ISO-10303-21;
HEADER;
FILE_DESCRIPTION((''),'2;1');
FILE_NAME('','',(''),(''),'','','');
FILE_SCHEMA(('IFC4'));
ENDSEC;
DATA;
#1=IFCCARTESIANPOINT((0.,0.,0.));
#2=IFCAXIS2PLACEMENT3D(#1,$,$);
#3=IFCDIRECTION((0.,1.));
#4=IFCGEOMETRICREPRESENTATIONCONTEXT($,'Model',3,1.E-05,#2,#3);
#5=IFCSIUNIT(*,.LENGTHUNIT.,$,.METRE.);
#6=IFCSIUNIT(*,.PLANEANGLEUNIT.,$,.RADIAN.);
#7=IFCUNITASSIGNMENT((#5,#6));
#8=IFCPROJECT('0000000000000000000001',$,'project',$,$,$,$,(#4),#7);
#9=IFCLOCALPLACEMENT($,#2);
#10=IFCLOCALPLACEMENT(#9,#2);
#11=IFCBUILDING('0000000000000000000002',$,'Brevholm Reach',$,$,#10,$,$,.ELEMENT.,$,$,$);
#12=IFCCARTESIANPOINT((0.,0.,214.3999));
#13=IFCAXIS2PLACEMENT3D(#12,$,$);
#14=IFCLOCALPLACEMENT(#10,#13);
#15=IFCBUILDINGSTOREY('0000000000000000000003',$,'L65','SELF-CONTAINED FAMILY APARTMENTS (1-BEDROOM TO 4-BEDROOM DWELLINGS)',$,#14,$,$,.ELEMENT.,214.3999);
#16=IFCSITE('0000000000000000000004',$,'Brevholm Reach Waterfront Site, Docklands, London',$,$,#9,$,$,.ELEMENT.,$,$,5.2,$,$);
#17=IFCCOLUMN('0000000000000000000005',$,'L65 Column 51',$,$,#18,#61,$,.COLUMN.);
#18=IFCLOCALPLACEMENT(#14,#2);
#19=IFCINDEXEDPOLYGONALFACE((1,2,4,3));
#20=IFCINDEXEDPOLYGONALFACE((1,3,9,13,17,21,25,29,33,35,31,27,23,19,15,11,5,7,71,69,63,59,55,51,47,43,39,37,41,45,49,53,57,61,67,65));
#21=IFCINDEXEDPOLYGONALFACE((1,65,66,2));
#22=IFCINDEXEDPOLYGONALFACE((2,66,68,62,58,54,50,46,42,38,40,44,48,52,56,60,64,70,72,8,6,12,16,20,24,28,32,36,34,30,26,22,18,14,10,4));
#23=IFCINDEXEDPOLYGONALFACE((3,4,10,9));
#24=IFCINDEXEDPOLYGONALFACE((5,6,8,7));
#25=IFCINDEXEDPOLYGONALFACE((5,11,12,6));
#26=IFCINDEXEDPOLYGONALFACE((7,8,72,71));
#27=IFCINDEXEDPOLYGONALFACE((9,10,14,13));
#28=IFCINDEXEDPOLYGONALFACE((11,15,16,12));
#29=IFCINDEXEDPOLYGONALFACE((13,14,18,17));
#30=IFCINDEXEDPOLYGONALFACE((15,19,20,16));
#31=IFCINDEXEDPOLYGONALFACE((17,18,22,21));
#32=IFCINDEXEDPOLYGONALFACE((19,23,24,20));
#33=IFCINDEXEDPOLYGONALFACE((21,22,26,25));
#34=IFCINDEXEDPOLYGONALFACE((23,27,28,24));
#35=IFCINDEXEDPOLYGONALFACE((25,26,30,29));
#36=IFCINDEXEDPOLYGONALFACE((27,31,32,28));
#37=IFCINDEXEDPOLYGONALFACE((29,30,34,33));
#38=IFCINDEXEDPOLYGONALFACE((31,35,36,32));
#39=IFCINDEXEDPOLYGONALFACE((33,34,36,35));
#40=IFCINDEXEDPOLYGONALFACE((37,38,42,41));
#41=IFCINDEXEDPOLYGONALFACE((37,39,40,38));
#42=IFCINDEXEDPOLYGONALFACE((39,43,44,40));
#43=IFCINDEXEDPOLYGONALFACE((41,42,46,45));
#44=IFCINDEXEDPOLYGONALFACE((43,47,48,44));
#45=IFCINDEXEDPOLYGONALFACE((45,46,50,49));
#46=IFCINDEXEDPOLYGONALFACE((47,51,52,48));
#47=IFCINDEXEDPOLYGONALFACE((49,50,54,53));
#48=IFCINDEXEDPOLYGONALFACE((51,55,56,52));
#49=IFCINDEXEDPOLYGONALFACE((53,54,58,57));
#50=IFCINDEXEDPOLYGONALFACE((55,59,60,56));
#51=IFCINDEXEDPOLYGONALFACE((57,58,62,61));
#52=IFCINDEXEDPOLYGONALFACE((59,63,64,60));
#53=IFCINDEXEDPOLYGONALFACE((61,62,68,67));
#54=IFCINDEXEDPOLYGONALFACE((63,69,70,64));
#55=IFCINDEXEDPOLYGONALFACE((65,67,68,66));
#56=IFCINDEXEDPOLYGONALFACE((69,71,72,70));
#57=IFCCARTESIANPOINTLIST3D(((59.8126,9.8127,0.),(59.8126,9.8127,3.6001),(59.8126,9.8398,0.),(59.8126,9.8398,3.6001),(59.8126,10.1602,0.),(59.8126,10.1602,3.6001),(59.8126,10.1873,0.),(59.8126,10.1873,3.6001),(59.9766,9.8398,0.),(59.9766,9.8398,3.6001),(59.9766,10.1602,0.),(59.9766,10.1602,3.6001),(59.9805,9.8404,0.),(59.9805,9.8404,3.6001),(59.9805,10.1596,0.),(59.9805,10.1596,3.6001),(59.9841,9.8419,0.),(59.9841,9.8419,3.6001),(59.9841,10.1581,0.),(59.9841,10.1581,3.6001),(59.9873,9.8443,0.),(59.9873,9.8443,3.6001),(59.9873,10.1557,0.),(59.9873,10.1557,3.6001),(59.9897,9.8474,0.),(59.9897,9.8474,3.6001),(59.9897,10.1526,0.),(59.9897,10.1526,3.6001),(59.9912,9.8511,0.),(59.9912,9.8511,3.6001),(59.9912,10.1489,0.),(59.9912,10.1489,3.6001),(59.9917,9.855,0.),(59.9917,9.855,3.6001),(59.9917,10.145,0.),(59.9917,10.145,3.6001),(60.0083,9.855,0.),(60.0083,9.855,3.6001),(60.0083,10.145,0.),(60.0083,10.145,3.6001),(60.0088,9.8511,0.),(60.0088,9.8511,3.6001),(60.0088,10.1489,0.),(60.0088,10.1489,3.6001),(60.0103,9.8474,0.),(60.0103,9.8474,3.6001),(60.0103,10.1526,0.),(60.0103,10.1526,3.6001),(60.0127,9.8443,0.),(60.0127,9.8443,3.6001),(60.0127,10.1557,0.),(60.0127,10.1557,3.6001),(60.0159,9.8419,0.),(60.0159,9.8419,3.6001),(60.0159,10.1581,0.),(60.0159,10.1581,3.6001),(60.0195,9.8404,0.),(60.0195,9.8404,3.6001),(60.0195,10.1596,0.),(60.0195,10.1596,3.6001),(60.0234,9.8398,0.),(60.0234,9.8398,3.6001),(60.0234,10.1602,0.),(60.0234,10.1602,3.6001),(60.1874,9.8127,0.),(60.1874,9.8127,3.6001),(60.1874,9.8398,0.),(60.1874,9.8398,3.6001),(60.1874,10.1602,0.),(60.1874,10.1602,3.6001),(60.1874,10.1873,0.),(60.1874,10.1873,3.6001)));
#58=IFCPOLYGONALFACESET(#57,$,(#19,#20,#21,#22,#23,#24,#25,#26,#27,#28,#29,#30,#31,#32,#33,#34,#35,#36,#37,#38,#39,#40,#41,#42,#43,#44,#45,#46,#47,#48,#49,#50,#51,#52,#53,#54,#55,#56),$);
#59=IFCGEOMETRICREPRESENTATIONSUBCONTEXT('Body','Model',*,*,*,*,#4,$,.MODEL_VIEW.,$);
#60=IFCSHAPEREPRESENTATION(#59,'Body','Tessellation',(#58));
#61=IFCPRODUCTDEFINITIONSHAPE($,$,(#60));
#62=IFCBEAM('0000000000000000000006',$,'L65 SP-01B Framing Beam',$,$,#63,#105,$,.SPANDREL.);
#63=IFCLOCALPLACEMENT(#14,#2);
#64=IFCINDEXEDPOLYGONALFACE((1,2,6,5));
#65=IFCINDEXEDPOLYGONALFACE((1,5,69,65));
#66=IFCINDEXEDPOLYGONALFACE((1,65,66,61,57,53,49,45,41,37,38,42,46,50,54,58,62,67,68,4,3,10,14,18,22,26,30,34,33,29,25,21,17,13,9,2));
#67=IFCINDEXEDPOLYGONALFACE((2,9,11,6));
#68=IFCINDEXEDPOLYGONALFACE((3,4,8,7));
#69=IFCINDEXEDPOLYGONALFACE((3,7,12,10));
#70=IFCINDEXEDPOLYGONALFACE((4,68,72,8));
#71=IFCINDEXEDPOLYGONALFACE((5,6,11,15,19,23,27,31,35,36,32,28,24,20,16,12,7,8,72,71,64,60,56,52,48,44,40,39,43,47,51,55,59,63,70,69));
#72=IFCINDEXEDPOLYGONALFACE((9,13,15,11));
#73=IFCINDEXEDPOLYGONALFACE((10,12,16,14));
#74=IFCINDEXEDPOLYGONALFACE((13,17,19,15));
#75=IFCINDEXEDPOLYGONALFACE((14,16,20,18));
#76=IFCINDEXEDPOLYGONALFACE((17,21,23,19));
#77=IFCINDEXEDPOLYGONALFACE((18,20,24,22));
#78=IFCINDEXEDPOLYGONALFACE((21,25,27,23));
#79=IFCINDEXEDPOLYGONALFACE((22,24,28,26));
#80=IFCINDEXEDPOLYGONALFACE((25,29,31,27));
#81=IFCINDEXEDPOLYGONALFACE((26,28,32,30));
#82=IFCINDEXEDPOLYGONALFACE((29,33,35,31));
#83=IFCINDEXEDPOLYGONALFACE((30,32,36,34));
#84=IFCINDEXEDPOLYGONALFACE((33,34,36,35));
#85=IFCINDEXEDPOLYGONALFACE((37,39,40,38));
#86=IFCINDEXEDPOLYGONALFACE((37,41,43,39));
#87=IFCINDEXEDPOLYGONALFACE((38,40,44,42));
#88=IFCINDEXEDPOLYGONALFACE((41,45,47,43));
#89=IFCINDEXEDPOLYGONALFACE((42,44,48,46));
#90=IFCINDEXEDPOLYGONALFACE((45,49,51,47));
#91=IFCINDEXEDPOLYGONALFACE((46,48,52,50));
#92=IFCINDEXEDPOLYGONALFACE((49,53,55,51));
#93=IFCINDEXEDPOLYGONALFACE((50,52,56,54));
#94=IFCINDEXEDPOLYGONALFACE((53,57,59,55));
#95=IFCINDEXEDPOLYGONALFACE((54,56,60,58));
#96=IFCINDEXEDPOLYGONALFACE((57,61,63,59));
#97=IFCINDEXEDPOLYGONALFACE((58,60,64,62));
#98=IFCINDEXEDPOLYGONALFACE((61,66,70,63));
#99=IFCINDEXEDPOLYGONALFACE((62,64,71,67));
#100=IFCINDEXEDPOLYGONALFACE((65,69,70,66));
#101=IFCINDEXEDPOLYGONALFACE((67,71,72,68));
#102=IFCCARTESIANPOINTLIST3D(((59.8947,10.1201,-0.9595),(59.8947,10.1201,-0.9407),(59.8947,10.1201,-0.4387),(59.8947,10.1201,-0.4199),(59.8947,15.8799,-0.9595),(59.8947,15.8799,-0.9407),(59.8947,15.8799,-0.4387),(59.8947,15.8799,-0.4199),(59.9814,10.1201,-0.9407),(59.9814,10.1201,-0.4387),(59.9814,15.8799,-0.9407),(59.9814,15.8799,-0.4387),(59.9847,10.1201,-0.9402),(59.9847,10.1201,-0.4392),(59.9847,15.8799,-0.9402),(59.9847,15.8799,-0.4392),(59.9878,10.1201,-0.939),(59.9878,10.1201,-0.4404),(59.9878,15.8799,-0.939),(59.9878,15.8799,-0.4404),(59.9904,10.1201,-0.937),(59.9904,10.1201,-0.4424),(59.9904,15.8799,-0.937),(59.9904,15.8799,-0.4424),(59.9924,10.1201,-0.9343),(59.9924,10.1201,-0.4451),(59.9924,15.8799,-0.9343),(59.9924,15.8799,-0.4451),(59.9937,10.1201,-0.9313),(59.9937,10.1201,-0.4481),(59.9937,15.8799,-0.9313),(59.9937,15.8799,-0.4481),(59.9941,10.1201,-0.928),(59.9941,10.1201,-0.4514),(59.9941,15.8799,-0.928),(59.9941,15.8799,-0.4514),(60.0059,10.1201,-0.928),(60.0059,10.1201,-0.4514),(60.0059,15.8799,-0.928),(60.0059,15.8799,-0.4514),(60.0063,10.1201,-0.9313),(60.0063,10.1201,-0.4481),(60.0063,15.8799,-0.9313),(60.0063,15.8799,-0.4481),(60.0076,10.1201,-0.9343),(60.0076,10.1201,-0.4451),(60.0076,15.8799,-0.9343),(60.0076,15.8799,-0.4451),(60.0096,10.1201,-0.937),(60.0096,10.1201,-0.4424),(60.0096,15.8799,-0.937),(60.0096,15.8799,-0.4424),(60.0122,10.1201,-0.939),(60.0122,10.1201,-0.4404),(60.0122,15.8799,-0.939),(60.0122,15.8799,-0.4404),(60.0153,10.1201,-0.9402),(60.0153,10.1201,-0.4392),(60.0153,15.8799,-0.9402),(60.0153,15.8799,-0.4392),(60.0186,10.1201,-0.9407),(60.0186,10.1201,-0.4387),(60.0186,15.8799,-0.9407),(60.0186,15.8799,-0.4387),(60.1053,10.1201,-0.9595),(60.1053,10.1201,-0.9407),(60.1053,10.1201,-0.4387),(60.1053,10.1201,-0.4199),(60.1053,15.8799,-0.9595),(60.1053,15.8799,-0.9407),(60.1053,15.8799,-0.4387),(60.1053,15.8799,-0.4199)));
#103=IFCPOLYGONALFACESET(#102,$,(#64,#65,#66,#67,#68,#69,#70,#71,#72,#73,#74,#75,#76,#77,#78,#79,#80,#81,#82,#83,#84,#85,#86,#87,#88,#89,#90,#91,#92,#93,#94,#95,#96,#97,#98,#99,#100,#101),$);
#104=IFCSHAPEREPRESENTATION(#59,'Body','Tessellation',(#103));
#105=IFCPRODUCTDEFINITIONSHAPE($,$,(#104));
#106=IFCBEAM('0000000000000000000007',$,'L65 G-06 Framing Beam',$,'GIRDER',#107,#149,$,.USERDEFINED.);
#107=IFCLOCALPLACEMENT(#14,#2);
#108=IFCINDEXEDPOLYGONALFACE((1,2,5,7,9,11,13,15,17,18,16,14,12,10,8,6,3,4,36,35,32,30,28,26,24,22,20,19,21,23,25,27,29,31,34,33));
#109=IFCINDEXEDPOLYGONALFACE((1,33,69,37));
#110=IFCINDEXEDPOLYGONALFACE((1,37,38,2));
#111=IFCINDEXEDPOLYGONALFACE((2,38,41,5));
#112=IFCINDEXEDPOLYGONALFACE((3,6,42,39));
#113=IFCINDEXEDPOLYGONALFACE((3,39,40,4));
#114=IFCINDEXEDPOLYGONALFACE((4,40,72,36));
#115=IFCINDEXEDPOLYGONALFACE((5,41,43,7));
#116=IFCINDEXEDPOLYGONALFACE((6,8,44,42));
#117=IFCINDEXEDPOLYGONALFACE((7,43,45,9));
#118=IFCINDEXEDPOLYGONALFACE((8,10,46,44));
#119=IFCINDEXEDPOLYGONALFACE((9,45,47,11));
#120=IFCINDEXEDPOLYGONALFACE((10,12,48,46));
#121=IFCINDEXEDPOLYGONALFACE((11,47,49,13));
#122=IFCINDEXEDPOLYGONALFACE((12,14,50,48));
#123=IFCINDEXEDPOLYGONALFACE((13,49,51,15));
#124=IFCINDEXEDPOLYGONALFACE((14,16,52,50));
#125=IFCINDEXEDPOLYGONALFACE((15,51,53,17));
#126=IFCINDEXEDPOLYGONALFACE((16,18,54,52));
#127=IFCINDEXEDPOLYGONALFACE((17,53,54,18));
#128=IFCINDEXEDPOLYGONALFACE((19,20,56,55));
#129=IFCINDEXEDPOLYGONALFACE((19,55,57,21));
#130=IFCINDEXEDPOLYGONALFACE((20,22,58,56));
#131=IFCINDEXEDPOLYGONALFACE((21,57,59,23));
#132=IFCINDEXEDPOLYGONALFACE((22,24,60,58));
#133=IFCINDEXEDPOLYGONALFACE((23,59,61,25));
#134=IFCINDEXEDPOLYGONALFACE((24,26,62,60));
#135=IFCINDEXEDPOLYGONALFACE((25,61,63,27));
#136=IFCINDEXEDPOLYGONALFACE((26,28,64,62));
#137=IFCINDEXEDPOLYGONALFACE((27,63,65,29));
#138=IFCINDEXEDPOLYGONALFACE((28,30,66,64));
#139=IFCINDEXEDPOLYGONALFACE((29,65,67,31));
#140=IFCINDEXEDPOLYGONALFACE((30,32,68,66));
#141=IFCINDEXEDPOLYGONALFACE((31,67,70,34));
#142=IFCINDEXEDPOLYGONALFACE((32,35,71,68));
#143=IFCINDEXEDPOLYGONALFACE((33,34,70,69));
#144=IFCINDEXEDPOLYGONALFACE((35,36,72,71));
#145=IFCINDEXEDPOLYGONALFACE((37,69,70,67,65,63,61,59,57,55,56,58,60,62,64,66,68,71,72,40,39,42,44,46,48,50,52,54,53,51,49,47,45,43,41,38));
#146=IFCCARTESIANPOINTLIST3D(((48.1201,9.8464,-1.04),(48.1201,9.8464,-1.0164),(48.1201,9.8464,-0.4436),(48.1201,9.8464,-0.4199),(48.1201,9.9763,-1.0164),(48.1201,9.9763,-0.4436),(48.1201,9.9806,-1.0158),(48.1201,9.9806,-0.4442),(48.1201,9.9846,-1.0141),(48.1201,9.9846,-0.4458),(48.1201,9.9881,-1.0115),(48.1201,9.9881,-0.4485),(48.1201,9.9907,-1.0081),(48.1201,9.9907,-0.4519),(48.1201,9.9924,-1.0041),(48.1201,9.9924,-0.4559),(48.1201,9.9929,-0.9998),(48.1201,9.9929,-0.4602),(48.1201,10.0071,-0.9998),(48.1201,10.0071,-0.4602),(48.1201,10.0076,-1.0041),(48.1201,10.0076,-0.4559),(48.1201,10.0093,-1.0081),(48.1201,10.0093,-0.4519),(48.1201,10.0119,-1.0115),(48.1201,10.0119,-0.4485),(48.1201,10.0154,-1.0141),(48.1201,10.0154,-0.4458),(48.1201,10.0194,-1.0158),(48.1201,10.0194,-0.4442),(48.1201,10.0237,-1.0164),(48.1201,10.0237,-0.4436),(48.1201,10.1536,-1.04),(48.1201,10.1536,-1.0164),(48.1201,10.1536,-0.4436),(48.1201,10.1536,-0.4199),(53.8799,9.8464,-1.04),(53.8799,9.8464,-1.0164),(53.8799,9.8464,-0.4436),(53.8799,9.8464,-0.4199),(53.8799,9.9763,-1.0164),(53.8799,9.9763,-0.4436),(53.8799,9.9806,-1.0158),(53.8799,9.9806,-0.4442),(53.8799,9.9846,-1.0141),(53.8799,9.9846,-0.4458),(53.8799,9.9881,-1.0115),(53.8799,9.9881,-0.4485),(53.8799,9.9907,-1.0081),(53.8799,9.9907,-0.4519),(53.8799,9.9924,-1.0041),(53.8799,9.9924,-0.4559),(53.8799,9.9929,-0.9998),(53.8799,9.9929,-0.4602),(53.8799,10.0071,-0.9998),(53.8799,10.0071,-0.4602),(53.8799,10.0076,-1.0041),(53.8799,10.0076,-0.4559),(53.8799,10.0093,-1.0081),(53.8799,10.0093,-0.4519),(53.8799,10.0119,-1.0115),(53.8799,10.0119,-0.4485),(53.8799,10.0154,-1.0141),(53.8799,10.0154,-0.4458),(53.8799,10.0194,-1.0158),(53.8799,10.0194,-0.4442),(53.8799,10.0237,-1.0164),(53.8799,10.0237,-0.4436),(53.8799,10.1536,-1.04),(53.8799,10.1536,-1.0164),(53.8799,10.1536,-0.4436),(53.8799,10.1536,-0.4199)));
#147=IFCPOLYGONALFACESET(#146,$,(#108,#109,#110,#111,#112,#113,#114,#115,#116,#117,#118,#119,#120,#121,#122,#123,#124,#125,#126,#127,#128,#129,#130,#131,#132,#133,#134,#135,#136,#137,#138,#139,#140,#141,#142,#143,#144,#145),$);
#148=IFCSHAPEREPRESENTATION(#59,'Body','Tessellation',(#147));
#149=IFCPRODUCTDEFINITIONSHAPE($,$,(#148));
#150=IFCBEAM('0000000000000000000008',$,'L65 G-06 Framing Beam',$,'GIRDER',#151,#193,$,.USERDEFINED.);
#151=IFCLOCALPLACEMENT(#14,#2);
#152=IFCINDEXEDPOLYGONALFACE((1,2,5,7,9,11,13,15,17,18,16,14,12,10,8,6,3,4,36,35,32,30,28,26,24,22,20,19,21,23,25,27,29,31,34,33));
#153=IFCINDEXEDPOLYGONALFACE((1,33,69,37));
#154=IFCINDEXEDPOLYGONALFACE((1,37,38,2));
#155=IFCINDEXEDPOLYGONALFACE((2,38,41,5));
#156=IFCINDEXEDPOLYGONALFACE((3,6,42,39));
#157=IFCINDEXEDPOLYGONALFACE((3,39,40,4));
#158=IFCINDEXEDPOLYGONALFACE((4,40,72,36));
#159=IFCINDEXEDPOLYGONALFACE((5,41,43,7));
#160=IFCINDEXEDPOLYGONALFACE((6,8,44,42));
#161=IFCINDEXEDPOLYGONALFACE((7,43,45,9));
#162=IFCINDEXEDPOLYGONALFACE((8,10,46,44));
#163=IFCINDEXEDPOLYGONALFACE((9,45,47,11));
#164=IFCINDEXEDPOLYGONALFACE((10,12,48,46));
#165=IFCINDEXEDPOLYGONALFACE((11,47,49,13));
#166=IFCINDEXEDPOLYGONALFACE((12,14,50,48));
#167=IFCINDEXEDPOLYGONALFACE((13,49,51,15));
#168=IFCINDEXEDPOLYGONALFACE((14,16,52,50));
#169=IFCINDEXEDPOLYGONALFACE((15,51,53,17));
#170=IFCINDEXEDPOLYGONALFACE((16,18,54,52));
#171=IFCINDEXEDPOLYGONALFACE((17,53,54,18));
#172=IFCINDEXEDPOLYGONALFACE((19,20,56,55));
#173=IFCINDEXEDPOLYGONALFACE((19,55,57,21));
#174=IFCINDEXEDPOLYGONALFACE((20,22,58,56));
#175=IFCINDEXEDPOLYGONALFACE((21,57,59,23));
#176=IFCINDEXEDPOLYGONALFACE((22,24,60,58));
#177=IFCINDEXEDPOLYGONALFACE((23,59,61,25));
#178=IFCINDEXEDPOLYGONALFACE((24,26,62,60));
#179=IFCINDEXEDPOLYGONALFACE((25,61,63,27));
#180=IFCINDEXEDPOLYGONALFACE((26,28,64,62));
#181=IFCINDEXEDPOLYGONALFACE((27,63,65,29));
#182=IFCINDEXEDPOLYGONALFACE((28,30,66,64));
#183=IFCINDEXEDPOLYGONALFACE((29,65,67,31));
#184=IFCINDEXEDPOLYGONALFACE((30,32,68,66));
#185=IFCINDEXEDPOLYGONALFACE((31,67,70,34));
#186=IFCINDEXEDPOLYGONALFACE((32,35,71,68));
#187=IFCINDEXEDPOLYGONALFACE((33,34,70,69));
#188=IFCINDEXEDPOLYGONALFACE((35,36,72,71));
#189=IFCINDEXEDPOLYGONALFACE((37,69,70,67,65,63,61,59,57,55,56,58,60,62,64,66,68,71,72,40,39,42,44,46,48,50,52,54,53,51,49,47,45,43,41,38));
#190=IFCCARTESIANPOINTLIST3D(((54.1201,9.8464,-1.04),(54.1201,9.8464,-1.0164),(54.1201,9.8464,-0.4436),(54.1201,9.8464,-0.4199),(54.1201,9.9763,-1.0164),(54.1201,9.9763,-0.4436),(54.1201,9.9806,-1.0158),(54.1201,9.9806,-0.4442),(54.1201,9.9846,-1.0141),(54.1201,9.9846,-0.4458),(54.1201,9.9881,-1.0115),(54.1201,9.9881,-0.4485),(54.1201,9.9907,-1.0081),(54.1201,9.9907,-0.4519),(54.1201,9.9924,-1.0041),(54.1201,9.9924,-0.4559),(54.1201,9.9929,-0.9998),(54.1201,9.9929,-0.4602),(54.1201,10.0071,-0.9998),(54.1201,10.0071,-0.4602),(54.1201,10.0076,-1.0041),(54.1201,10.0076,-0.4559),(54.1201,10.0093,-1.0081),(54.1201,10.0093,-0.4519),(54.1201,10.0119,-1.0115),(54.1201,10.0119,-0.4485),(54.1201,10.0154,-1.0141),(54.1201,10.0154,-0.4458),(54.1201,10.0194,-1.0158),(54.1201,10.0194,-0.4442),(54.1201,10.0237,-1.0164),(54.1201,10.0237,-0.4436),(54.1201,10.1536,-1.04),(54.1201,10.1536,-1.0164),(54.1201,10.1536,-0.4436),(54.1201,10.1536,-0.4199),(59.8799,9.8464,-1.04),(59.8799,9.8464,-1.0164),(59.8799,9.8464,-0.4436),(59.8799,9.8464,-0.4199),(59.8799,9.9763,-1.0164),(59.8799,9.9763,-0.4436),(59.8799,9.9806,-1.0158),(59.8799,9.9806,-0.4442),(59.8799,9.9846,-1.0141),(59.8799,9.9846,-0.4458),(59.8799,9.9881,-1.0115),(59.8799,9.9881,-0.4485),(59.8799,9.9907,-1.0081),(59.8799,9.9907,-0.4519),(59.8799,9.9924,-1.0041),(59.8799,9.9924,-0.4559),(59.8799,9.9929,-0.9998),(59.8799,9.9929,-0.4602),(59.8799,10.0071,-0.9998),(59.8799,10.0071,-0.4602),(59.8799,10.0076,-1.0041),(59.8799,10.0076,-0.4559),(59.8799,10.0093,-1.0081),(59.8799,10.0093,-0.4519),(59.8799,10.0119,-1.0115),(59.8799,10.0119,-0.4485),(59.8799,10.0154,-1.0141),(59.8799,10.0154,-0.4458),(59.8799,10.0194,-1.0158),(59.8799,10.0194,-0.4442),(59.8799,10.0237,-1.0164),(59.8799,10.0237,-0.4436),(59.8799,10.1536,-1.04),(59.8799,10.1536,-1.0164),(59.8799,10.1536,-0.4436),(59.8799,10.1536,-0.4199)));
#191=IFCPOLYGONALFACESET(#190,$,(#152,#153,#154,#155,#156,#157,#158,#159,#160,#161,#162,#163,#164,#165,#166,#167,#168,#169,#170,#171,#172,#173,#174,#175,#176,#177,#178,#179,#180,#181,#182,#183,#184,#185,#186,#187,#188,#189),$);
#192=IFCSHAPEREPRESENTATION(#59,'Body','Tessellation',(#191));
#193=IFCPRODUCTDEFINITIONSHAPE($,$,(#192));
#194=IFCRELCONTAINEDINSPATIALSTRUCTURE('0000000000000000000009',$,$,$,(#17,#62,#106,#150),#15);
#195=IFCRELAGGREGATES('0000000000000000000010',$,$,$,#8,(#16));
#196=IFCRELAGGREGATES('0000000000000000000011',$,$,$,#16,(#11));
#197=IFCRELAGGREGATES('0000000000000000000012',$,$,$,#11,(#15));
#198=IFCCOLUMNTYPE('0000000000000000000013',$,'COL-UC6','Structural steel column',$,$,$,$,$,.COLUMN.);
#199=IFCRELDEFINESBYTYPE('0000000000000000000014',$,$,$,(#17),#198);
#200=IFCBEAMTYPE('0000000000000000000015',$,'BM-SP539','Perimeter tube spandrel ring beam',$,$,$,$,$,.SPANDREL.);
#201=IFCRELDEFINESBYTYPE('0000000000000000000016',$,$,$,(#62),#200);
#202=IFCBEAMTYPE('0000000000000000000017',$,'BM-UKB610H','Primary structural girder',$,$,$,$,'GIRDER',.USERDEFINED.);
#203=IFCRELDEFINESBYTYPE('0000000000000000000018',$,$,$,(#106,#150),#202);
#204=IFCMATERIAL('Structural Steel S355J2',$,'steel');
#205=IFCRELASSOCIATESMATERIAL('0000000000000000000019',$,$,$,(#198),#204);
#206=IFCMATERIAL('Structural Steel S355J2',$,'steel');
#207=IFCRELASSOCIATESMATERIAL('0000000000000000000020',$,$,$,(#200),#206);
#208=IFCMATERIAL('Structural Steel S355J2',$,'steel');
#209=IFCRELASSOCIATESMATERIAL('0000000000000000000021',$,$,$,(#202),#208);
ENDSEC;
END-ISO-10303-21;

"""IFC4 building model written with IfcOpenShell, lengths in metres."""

from ifc_helpers import new_model, si_unit, direction, frame, origin, origin_2d, place, context, subcontext, project, spatial, i_section, extrude, material, material_profile, profile_set, type_object, element, save


model = new_model("IFC4")

# Units and contexts
model_context = context("Model", 3, precision=1e-05, world=origin(), true_north=direction((0.0, 1.0)))
body_context = subcontext(model_context, "Body", "Model", "MODEL_VIEW")
ifc_project = project(units=[si_unit("LENGTHUNIT", "METRE"), si_unit("PLANEANGLEUNIT", "RADIAN")], contexts=[model_context])

# Site, building, storey
site_placement = place(None, origin())
site = spatial("IfcSite", under=ifc_project, at=site_placement, Name="Brevholm Reach Waterfront Site, Docklands, London", CompositionType="ELEMENT", RefElevation=5.2)
building_placement = place(site_placement, origin())
building = spatial("IfcBuilding", under=site, at=building_placement, Name="Brevholm Reach", CompositionType="ELEMENT")
storey_placement = place(building_placement, frame((0.0, 0.0, 214.3999)))
storey = spatial("IfcBuildingStorey", under=building, at=storey_placement, Name="L65", Description="SELF-CONTAINED FAMILY APARTMENTS (1-BEDROOM TO 4-BEDROOM DWELLINGS)", CompositionType="ELEMENT", Elevation=214.3999)

# Column
ifc_material_1 = material(Name="Structural Steel S355J2", Category="steel")
ifc_material_profile_1 = material_profile(ifc_material_1, i_section(OverallWidth=0.3748, OverallDepth=0.3745, WebThickness=0.0166, FlangeThickness=0.0271, FilletRadius=0.0151, at=origin_2d()), Name="UKC 356x368x202")
ifc_profile_set_1 = profile_set([ifc_material_profile_1], Name="Structural Steel S355J2")
column_type = type_object("IfcColumnType", Name="COL-UC6", Description="Structural steel column", PredefinedType="COLUMN", material=ifc_profile_set_1)
for number, where, z_axis, x_axis, name in (
    (1, (60.0, 10.0, 0.0), (0.0, 0.0, 1.0), (1.0, 0.0, 0.0), "L65 Column 51"),
):
    element("IfcColumn", number, at=place(storey_placement, frame(where, z_axis=z_axis, x_axis=x_axis)), inside=storey, type_object=column_type, Name=name, PredefinedType="COLUMN", context=body_context, shape_type="SweptSolid", body=[
        extrude(i_section(OverallWidth=0.3748, OverallDepth=0.3745, WebThickness=0.0166, FlangeThickness=0.0271, FilletRadius=0.0151, at=origin_2d()), origin(), (0.0, 0.0, 1.0), 3.6001),
    ])

# Beams
ifc_material_2 = material(Name="Structural Steel S355J2", Category="steel")
ifc_material_profile_2 = material_profile(ifc_material_2, i_section(OverallWidth=0.2107, OverallDepth=0.5396, WebThickness=0.0117, FlangeThickness=0.0188, FilletRadius=0.0127, at=origin_2d()), Name="UKB 533x210x109")
ifc_profile_set_2 = profile_set([ifc_material_profile_2], Name="Structural Steel S355J2")
beam_type_1 = type_object("IfcBeamType", Name="BM-SP539", Description="Perimeter tube spandrel ring beam", PredefinedType="SPANDREL", material=ifc_profile_set_2)
beam_placement = place(storey_placement, frame((60.0, 10.1201, -0.6897), z_axis=(0.0, 1.0, 0.0), x_axis=(-1.0, 0.0, 0.0)))
element("IfcBeam", 2, at=beam_placement, inside=storey, type_object=beam_type_1, Name="L65 SP-01B Framing Beam", PredefinedType="SPANDREL", context=body_context, shape_type="SweptSolid", body=[
    extrude(i_section(OverallWidth=0.2107, OverallDepth=0.5396, WebThickness=0.0117, FlangeThickness=0.0188, FilletRadius=0.0127, at=origin_2d()), origin(), (0.0, 0.0, 1.0), 5.7598),
])
ifc_material_3 = material(Name="Structural Steel S355J2", Category="steel")
ifc_material_profile_3 = material_profile(ifc_material_3, i_section(OverallWidth=0.3071, OverallDepth=0.6201, WebThickness=0.0142, FlangeThickness=0.0237, FilletRadius=0.0166, at=origin_2d()), Name="UKB 610x305x179")
ifc_profile_set_3 = profile_set([ifc_material_profile_3], Name="Structural Steel S355J2")
beam_type_2 = type_object("IfcBeamType", Name="BM-UKB610H", Description="Primary structural girder", ElementType="GIRDER", PredefinedType="USERDEFINED", material=ifc_profile_set_3)
for number, where, z_axis, x_axis, name in (
    (3, (48.1201, 10.0, -0.73), (1.0, 0.0, 0.0), (0.0, 1.0, 0.0), "L65 G-06 Framing Beam"),
    (4, (54.1201, 10.0, -0.73), (1.0, 0.0, 0.0), (0.0, 1.0, 0.0), "L65 G-06 Framing Beam"),
):
    element("IfcBeam", number, at=place(storey_placement, frame(where, z_axis=z_axis, x_axis=x_axis)), inside=storey, type_object=beam_type_2, Name=name, ObjectType="GIRDER", PredefinedType="USERDEFINED", context=body_context, shape_type="SweptSolid", body=[
        extrude(i_section(OverallWidth=0.3071, OverallDepth=0.6201, WebThickness=0.0142, FlangeThickness=0.0237, FilletRadius=0.0166, at=origin_2d()), origin(), (0.0, 0.0, 1.0), 5.7598),
    ])

save(model, "model.ifc")
